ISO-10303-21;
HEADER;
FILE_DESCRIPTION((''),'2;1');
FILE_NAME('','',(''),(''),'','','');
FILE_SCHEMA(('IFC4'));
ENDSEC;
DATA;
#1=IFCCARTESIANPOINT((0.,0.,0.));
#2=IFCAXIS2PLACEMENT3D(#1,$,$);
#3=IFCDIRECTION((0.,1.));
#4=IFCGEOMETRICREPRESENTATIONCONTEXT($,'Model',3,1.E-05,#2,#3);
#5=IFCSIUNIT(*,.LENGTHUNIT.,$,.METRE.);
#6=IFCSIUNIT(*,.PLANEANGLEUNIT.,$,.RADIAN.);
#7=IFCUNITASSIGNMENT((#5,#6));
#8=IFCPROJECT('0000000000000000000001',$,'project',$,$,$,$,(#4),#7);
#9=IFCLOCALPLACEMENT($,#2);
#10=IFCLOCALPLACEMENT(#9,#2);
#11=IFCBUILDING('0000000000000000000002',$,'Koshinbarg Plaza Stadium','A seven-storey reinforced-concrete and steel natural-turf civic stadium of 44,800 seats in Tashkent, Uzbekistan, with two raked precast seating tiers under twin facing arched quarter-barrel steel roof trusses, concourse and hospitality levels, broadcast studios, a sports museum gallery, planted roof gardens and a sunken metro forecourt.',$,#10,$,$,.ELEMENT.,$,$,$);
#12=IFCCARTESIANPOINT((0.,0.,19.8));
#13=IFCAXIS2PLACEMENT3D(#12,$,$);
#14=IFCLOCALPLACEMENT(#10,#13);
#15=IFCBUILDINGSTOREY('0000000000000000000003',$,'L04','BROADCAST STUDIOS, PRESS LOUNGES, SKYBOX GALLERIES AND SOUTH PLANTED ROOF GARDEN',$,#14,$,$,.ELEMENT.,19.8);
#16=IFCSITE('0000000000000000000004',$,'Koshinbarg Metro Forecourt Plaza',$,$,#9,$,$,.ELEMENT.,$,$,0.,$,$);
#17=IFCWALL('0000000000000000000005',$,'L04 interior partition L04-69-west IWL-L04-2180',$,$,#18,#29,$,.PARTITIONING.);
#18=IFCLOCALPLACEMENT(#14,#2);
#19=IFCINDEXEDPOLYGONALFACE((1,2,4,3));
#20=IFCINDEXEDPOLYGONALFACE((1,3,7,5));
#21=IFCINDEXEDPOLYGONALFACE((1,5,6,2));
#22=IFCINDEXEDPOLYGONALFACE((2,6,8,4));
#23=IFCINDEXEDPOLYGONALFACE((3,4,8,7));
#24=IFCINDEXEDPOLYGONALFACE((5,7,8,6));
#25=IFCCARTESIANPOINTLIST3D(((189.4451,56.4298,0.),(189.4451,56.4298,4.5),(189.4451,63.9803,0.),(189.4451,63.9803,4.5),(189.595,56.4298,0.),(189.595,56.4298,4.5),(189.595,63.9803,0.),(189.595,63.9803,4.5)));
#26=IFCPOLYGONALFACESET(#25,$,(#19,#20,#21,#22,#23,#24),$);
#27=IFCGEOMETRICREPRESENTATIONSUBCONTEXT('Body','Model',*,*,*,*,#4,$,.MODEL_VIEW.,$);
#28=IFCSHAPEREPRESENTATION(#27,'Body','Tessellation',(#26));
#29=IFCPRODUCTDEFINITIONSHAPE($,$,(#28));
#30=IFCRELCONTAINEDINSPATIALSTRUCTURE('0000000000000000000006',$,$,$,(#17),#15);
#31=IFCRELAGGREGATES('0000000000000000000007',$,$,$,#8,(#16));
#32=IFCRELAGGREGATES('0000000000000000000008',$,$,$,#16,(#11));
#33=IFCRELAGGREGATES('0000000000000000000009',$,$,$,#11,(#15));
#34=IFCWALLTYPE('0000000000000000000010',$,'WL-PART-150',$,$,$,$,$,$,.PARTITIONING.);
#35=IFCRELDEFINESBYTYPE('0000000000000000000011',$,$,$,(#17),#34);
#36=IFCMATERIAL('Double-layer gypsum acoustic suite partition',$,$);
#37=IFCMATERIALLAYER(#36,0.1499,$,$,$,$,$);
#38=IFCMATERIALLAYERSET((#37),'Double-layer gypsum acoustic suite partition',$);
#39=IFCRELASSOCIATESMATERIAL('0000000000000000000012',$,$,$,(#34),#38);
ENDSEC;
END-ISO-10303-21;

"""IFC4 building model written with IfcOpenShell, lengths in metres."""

from ifc_helpers import new_model, si_unit, direction, frame, frame_2d, origin, place, context, subcontext, project, spatial, rectangle, extrude, material, layer, layer_set, type_object, element, save


model = new_model("IFC4")

# Units and contexts
model_context = context("Model", 3, precision=1e-05, world=origin(), true_north=direction((0.0, 1.0)))
body_context = subcontext(model_context, "Body", "Model", "MODEL_VIEW")
ifc_project = project(units=[si_unit("LENGTHUNIT", "METRE"), si_unit("PLANEANGLEUNIT", "RADIAN")], contexts=[model_context])

# Site, building, storey
site_placement = place(None, origin())
site = spatial("IfcSite", under=ifc_project, at=site_placement, Name="Koshinbarg Metro Forecourt Plaza", CompositionType="ELEMENT", RefElevation=0.0)
building_placement = place(site_placement, origin())
building = spatial("IfcBuilding", under=site, at=building_placement, Name="Koshinbarg Plaza Stadium", Description="A seven-storey reinforced-concrete and steel natural-turf civic stadium of 44,800 seats in Tashkent, Uzbekistan, with two raked precast seating tiers under twin facing arched quarter-barrel steel roof trusses, concourse and hospitality levels, broadcast studios, a sports museum gallery, planted roof gardens and a sunken metro forecourt.", CompositionType="ELEMENT")
storey_placement = place(building_placement, frame((0.0, 0.0, 19.8)))
storey = spatial("IfcBuildingStorey", under=building, at=storey_placement, Name="L04", Description="BROADCAST STUDIOS, PRESS LOUNGES, SKYBOX GALLERIES AND SOUTH PLANTED ROOF GARDEN", CompositionType="ELEMENT", Elevation=19.8)

# Wall
ifc_material_1 = material(Name="Double-layer gypsum acoustic suite partition")
ifc_layer_1 = layer(ifc_material_1, 0.1499)
ifc_layer_set_1 = layer_set([ifc_layer_1], Name="Double-layer gypsum acoustic suite partition")
wall_type_1 = type_object("IfcWallType", Name="WL-PART-150", PredefinedType="PARTITIONING", material=ifc_layer_set_1)
wall_1_placement = place(storey_placement, frame((189.52, 63.9805, 0.0), z_axis=(0.0, 0.0, 1.0), x_axis=(0.0, -1.0, 0.0)))
element("IfcWall", 1, at=wall_1_placement, inside=storey, type_object=wall_type_1, Name="L04 interior partition L04-69-west IWL-L04-2180", PredefinedType="PARTITIONING", context=body_context, shape_type="SweptSolid", body=[
    extrude(rectangle(XDim=7.5505, YDim=0.1499, at=frame_2d((3.7754, 0.0))), origin(), (0.0, 0.0, 1.0), 4.5),
])

save(model, "model.ifc")
